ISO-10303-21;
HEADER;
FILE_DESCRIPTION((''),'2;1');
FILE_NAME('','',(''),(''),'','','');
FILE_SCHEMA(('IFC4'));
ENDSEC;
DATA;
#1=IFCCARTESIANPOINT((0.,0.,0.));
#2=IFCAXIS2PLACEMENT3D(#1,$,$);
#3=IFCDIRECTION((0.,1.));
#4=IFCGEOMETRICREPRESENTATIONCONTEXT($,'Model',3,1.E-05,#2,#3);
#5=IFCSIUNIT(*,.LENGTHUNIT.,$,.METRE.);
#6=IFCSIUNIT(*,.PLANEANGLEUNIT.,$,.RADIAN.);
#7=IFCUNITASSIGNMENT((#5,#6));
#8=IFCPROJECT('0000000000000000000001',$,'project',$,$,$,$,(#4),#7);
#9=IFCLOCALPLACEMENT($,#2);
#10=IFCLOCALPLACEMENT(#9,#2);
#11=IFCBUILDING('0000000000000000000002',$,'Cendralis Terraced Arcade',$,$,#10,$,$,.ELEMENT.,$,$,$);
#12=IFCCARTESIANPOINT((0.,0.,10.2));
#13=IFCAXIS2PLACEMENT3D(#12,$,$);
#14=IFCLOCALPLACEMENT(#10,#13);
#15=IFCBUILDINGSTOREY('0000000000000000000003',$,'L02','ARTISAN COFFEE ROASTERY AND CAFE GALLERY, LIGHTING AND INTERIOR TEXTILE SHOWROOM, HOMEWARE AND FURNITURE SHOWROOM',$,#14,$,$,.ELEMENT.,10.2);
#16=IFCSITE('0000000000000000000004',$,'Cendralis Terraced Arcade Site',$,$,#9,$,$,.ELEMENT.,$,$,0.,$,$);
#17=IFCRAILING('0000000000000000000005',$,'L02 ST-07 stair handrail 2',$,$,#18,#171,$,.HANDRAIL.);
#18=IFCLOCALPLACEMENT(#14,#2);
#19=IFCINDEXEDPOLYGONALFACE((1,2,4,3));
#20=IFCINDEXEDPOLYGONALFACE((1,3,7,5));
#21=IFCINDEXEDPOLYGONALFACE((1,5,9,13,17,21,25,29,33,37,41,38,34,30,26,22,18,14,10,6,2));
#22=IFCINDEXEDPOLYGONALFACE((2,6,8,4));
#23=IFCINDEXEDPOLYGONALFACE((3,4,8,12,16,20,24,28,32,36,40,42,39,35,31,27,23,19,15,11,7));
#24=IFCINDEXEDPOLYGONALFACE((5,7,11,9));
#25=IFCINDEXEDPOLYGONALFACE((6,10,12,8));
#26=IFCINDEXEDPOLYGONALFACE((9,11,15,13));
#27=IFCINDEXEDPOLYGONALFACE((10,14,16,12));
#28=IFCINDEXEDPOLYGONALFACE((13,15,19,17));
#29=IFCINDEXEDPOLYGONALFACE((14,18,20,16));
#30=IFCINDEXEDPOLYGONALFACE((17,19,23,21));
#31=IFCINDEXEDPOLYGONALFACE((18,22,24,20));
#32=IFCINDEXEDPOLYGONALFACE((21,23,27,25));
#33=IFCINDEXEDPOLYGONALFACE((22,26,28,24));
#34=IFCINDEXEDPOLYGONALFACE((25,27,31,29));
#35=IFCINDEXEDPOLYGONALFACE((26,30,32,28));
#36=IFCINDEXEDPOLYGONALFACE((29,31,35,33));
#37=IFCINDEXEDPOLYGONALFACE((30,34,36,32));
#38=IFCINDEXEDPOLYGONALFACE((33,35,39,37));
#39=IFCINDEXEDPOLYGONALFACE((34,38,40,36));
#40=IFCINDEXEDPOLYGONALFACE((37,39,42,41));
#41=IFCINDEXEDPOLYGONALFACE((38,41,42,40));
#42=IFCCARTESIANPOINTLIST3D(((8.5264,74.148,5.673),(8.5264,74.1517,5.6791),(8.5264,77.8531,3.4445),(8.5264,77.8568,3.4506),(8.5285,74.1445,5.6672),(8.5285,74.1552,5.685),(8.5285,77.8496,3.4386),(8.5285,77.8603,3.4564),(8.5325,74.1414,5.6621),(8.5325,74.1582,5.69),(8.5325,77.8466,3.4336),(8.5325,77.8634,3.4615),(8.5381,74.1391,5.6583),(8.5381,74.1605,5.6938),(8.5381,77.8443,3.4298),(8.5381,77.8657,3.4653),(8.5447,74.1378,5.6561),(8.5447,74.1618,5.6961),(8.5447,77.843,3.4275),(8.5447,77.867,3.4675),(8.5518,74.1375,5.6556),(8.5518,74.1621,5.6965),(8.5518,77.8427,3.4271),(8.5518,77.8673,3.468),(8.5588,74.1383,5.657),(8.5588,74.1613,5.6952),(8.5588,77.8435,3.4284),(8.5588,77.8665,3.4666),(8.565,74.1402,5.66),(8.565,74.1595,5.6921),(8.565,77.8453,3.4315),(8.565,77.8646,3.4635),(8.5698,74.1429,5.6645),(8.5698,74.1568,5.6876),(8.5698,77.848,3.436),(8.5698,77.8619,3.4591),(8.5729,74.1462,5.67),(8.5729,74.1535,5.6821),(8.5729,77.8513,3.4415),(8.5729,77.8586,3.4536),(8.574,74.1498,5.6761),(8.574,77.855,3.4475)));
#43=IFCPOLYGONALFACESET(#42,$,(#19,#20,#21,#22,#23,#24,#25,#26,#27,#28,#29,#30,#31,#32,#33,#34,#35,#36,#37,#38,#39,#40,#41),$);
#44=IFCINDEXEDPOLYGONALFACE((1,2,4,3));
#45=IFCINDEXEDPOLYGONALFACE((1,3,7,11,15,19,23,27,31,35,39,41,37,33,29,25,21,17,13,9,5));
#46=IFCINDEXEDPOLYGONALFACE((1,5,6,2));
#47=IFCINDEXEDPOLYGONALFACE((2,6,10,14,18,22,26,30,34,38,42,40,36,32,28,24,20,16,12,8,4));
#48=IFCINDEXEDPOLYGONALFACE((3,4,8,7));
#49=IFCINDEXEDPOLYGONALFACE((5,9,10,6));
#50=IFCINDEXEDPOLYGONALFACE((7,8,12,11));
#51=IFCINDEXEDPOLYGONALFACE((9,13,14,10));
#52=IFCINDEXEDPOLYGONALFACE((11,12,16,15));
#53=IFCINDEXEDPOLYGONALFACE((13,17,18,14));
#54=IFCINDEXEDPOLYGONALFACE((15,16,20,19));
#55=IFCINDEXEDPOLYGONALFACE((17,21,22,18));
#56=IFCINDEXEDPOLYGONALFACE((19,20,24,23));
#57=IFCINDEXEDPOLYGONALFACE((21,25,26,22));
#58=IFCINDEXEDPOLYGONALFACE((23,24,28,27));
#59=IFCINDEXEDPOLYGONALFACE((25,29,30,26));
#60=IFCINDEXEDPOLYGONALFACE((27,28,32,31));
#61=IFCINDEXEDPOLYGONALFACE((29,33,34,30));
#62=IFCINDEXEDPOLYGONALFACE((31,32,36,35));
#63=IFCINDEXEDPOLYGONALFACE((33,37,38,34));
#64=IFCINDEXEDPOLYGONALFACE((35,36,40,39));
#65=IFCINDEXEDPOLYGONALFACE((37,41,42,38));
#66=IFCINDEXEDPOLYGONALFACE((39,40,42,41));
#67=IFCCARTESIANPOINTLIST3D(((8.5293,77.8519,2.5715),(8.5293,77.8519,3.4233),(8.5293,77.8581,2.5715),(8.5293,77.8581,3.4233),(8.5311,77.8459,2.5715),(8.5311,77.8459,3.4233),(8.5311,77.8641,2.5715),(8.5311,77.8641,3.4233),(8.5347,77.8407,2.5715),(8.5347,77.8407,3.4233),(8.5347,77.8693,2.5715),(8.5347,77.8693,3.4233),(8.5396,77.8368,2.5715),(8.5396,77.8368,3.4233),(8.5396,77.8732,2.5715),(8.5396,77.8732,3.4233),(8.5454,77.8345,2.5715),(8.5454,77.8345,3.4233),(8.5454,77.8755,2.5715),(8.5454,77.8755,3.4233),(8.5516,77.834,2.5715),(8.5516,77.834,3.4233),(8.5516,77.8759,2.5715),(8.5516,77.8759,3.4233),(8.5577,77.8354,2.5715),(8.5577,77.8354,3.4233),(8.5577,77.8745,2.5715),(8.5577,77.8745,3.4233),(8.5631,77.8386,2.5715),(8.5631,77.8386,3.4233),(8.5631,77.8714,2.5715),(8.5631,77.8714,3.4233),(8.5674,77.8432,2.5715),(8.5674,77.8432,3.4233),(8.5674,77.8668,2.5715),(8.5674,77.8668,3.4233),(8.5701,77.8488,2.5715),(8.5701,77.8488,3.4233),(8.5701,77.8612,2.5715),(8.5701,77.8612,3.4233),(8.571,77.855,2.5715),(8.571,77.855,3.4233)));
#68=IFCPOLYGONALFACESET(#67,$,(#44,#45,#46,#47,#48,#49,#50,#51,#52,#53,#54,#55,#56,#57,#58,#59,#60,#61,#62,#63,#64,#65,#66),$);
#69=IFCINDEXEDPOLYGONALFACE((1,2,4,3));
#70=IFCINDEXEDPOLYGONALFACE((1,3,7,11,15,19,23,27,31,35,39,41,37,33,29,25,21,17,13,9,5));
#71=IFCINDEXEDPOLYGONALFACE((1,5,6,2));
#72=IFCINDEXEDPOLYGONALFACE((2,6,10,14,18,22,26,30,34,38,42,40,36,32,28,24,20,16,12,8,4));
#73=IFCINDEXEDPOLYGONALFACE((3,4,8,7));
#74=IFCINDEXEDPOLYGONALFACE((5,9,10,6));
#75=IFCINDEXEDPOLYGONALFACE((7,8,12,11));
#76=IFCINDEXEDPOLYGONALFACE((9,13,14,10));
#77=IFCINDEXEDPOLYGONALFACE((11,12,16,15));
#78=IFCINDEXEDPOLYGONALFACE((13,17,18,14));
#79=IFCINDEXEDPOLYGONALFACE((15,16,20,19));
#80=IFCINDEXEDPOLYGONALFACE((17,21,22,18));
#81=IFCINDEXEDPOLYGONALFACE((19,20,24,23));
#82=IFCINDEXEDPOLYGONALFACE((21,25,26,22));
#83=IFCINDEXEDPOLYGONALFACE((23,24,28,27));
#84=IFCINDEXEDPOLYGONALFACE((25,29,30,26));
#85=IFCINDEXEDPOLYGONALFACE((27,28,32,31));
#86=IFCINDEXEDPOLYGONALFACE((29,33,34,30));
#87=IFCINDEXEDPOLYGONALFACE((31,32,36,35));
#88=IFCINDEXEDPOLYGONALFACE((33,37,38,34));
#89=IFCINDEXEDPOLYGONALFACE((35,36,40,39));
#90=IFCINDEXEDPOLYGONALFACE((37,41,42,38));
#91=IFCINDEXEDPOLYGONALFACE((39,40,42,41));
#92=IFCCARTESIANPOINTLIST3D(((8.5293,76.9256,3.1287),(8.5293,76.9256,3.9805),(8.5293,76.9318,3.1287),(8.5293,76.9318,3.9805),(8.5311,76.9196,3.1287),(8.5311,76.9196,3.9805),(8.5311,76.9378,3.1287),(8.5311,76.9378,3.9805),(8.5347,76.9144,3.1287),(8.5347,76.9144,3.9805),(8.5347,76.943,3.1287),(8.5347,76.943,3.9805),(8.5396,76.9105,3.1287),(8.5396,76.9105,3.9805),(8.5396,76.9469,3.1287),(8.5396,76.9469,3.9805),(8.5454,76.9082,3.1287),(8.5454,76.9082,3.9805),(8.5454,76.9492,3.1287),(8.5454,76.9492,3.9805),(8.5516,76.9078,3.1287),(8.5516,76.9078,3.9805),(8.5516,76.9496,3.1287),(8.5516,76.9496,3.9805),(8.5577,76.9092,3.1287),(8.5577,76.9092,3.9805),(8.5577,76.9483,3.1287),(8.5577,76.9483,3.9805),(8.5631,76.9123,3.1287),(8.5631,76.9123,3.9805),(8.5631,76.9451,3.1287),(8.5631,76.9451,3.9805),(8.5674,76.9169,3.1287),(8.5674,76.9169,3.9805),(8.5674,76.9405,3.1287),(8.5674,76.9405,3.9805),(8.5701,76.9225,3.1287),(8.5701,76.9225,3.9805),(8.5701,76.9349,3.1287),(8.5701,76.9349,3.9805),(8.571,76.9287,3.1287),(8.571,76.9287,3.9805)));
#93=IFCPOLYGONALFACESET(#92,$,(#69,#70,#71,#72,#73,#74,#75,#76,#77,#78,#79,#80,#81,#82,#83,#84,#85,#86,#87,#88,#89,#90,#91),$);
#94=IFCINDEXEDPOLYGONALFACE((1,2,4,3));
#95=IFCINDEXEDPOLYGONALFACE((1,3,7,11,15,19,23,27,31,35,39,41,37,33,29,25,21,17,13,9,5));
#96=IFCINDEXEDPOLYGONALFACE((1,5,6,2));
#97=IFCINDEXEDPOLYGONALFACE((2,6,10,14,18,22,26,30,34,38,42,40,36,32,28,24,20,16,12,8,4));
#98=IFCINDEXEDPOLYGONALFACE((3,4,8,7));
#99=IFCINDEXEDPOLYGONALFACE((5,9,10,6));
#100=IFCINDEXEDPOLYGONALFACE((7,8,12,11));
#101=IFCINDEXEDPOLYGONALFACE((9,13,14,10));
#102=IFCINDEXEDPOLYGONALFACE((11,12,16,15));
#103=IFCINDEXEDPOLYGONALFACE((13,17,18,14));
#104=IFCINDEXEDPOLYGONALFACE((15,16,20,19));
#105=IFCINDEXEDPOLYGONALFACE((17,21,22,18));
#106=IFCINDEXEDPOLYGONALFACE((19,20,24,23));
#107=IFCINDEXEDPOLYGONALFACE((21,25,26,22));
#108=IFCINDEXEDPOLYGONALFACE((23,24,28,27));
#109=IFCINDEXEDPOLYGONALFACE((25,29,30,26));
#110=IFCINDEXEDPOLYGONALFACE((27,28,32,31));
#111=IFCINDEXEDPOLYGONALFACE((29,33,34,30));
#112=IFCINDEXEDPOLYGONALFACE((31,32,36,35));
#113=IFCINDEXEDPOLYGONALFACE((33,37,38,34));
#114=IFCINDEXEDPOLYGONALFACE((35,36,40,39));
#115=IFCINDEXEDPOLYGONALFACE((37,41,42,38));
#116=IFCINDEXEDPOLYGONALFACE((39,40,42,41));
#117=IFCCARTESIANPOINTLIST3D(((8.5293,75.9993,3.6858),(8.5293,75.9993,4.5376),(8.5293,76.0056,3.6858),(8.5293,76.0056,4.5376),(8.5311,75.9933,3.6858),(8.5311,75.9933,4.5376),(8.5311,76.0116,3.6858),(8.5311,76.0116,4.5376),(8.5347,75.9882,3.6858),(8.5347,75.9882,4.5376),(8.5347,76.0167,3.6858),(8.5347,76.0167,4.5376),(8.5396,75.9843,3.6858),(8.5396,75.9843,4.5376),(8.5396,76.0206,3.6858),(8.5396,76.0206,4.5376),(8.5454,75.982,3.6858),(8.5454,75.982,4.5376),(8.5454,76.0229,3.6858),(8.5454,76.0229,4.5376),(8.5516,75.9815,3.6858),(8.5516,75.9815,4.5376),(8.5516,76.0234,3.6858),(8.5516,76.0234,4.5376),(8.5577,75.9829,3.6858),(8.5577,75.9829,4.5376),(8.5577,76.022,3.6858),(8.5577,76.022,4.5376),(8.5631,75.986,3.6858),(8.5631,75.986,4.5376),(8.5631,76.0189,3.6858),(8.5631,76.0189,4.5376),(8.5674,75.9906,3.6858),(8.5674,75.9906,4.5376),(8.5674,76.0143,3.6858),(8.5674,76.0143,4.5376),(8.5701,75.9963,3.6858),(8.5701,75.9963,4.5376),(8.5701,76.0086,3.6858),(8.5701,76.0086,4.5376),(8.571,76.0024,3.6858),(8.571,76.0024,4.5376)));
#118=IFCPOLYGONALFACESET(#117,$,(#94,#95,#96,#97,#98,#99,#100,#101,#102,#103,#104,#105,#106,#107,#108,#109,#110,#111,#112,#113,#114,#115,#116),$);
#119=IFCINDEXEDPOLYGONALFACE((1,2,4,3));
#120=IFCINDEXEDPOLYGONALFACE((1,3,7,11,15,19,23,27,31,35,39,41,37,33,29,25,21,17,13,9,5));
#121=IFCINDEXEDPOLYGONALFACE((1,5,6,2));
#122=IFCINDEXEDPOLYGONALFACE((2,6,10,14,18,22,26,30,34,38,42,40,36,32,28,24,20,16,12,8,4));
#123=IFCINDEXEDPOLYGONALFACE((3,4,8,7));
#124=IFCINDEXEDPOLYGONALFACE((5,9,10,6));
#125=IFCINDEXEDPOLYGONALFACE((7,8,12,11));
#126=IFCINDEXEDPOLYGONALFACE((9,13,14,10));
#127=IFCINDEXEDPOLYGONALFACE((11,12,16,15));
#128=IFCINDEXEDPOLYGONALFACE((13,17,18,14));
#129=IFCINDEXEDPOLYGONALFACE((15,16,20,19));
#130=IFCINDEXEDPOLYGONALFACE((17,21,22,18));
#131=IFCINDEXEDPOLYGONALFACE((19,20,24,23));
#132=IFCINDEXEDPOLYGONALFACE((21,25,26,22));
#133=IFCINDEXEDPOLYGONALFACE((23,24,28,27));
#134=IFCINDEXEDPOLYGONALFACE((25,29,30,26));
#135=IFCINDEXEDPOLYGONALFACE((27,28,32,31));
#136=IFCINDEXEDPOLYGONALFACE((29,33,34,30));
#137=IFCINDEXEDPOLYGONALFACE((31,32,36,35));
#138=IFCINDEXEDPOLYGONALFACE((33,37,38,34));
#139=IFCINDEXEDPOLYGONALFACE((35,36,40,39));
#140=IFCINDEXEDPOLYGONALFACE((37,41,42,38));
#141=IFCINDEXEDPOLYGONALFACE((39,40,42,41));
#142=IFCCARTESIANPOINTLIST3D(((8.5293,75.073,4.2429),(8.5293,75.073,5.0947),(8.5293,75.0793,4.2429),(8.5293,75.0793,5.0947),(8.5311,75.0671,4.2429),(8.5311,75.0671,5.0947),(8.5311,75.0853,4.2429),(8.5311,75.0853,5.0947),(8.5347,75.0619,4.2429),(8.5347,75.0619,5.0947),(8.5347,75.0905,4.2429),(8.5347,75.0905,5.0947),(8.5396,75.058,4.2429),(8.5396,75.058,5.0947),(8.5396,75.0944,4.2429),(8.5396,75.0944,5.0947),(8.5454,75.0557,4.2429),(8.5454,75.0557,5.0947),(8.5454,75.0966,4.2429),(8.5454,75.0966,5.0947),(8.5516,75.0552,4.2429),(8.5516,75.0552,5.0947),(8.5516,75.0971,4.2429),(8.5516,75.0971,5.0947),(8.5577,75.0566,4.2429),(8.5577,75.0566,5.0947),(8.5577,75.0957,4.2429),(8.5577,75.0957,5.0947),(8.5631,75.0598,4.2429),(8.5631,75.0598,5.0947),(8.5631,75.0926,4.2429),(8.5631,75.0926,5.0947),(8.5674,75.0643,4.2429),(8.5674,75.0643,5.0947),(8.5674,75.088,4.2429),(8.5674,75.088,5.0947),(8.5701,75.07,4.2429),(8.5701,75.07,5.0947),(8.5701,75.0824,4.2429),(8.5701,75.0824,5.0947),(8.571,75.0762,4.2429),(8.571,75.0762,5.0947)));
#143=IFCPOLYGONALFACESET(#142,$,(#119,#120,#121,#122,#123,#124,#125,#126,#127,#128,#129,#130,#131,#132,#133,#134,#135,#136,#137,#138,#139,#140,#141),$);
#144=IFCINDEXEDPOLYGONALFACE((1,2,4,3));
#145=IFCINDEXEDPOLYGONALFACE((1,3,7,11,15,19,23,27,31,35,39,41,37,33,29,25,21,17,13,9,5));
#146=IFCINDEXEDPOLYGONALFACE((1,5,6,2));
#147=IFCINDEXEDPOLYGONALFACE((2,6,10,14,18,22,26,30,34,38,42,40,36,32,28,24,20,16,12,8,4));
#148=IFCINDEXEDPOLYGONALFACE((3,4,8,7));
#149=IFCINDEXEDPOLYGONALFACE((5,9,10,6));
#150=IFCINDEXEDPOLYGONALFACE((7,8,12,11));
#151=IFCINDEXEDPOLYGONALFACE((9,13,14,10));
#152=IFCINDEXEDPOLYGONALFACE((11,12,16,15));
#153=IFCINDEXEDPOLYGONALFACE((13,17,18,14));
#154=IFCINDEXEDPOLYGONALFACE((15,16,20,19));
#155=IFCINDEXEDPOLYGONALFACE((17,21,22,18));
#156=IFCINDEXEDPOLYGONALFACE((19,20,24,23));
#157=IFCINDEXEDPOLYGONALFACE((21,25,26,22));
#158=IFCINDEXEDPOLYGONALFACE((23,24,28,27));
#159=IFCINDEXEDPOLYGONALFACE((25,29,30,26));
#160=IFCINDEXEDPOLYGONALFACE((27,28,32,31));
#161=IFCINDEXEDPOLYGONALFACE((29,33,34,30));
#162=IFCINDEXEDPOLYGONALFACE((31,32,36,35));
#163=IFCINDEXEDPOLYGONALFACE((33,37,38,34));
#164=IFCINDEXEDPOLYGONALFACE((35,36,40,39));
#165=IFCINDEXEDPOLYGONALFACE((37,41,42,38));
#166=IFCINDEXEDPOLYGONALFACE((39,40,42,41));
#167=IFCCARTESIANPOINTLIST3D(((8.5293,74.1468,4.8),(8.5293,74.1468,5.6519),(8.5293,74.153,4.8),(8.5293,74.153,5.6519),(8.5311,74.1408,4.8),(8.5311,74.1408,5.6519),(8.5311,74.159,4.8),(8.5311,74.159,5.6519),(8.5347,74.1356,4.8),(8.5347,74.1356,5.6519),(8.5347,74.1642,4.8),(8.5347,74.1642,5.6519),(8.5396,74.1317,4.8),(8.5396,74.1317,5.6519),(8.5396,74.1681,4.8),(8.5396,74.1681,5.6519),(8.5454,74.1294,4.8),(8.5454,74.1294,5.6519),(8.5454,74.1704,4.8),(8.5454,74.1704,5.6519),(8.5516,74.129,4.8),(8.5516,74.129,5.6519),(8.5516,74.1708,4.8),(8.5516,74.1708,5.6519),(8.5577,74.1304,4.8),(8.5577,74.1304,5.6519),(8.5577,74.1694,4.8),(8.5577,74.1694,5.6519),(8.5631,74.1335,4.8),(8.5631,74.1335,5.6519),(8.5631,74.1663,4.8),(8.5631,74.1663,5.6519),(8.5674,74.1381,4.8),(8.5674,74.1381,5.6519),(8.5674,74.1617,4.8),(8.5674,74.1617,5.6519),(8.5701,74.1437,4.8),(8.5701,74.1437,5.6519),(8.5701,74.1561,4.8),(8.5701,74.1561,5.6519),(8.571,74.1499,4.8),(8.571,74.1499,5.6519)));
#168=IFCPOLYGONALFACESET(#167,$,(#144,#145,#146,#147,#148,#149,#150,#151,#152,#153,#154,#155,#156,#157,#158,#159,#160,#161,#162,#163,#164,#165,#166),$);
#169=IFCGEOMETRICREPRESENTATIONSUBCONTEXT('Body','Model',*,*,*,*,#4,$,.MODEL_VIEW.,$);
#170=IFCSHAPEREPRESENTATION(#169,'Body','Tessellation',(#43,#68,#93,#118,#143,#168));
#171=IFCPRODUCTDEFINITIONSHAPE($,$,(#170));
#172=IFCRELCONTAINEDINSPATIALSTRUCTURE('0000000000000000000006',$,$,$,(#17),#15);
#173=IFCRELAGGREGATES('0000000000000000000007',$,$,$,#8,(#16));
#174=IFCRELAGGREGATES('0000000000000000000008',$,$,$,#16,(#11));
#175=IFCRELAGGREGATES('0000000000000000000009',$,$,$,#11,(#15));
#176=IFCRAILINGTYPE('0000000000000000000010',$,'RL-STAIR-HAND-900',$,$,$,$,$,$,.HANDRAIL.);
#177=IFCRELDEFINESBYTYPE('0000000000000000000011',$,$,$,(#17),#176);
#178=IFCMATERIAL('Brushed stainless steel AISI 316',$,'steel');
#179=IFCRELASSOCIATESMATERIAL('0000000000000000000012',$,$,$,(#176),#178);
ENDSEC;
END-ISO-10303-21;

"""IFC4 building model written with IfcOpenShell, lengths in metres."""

from ifc_helpers import new_model, si_unit, direction, frame, origin, origin_2d, place, context, subcontext, project, spatial, circle, extrude, material, type_object, element, save


model = new_model("IFC4")

# Units and contexts
model_context = context("Model", 3, precision=1e-05, world=origin(), true_north=direction((0.0, 1.0)))
body_context = subcontext(model_context, "Body", "Model", "MODEL_VIEW")
ifc_project = project(units=[si_unit("LENGTHUNIT", "METRE"), si_unit("PLANEANGLEUNIT", "RADIAN")], contexts=[model_context])

# Site, building, storey
site_placement = place(None, origin())
site = spatial("IfcSite", under=ifc_project, at=site_placement, Name="Cendralis Terraced Arcade Site", CompositionType="ELEMENT", RefElevation=0.0)
building_placement = place(site_placement, origin())
building = spatial("IfcBuilding", under=site, at=building_placement, Name="Cendralis Terraced Arcade", CompositionType="ELEMENT")
storey_placement = place(building_placement, frame((0.0, 0.0, 10.2)))
storey = spatial("IfcBuildingStorey", under=building, at=storey_placement, Name="L02", Description="ARTISAN COFFEE ROASTERY AND CAFE GALLERY, LIGHTING AND INTERIOR TEXTILE SHOWROOM, HOMEWARE AND FURNITURE SHOWROOM", CompositionType="ELEMENT", Elevation=10.2)

# Railing
ifc_material_1 = material(Name="Brushed stainless steel AISI 316", Category="steel")
railing_type_1 = type_object("IfcRailingType", Name="RL-STAIR-HAND-900", PredefinedType="HANDRAIL", material=ifc_material_1)
railing_1_placement = place(storey_placement, frame((8.55, 77.855, 2.5715)))
element("IfcRailing", 1, at=railing_1_placement, inside=storey, type_object=railing_type_1, Name="L02 ST-07 stair handrail 2", PredefinedType="HANDRAIL", context=body_context, shape_type="SweptSolid", body=[
    extrude(circle(Radius=0.0239, at=origin_2d()), frame((0.0, 0.0, 0.876), z_axis=(0.0, -0.856934, 0.515425), x_axis=(1.0, 0.0, 0.0)), (0.0, 0.0, 1.0), 4.3237),
    extrude(circle(Radius=0.021, at=origin_2d()), origin(), (0.0, 0.0, 1.0), 0.8518),
    extrude(circle(Radius=0.021, at=origin_2d()), frame((0.0, -0.9263, 0.5571)), (0.0, 0.0, 1.0), 0.8518),
    extrude(circle(Radius=0.021, at=origin_2d()), frame((0.0, -1.8525, 1.1143)), (0.0, 0.0, 1.0), 0.8518),
    extrude(circle(Radius=0.021, at=origin_2d()), frame((0.0, -2.7788, 1.6714)), (0.0, 0.0, 1.0), 0.8518),
    extrude(circle(Radius=0.021, at=origin_2d()), frame((0.0, -3.7051, 2.2285)), (0.0, 0.0, 1.0), 0.8518),
])

save(model, "model.ifc")
